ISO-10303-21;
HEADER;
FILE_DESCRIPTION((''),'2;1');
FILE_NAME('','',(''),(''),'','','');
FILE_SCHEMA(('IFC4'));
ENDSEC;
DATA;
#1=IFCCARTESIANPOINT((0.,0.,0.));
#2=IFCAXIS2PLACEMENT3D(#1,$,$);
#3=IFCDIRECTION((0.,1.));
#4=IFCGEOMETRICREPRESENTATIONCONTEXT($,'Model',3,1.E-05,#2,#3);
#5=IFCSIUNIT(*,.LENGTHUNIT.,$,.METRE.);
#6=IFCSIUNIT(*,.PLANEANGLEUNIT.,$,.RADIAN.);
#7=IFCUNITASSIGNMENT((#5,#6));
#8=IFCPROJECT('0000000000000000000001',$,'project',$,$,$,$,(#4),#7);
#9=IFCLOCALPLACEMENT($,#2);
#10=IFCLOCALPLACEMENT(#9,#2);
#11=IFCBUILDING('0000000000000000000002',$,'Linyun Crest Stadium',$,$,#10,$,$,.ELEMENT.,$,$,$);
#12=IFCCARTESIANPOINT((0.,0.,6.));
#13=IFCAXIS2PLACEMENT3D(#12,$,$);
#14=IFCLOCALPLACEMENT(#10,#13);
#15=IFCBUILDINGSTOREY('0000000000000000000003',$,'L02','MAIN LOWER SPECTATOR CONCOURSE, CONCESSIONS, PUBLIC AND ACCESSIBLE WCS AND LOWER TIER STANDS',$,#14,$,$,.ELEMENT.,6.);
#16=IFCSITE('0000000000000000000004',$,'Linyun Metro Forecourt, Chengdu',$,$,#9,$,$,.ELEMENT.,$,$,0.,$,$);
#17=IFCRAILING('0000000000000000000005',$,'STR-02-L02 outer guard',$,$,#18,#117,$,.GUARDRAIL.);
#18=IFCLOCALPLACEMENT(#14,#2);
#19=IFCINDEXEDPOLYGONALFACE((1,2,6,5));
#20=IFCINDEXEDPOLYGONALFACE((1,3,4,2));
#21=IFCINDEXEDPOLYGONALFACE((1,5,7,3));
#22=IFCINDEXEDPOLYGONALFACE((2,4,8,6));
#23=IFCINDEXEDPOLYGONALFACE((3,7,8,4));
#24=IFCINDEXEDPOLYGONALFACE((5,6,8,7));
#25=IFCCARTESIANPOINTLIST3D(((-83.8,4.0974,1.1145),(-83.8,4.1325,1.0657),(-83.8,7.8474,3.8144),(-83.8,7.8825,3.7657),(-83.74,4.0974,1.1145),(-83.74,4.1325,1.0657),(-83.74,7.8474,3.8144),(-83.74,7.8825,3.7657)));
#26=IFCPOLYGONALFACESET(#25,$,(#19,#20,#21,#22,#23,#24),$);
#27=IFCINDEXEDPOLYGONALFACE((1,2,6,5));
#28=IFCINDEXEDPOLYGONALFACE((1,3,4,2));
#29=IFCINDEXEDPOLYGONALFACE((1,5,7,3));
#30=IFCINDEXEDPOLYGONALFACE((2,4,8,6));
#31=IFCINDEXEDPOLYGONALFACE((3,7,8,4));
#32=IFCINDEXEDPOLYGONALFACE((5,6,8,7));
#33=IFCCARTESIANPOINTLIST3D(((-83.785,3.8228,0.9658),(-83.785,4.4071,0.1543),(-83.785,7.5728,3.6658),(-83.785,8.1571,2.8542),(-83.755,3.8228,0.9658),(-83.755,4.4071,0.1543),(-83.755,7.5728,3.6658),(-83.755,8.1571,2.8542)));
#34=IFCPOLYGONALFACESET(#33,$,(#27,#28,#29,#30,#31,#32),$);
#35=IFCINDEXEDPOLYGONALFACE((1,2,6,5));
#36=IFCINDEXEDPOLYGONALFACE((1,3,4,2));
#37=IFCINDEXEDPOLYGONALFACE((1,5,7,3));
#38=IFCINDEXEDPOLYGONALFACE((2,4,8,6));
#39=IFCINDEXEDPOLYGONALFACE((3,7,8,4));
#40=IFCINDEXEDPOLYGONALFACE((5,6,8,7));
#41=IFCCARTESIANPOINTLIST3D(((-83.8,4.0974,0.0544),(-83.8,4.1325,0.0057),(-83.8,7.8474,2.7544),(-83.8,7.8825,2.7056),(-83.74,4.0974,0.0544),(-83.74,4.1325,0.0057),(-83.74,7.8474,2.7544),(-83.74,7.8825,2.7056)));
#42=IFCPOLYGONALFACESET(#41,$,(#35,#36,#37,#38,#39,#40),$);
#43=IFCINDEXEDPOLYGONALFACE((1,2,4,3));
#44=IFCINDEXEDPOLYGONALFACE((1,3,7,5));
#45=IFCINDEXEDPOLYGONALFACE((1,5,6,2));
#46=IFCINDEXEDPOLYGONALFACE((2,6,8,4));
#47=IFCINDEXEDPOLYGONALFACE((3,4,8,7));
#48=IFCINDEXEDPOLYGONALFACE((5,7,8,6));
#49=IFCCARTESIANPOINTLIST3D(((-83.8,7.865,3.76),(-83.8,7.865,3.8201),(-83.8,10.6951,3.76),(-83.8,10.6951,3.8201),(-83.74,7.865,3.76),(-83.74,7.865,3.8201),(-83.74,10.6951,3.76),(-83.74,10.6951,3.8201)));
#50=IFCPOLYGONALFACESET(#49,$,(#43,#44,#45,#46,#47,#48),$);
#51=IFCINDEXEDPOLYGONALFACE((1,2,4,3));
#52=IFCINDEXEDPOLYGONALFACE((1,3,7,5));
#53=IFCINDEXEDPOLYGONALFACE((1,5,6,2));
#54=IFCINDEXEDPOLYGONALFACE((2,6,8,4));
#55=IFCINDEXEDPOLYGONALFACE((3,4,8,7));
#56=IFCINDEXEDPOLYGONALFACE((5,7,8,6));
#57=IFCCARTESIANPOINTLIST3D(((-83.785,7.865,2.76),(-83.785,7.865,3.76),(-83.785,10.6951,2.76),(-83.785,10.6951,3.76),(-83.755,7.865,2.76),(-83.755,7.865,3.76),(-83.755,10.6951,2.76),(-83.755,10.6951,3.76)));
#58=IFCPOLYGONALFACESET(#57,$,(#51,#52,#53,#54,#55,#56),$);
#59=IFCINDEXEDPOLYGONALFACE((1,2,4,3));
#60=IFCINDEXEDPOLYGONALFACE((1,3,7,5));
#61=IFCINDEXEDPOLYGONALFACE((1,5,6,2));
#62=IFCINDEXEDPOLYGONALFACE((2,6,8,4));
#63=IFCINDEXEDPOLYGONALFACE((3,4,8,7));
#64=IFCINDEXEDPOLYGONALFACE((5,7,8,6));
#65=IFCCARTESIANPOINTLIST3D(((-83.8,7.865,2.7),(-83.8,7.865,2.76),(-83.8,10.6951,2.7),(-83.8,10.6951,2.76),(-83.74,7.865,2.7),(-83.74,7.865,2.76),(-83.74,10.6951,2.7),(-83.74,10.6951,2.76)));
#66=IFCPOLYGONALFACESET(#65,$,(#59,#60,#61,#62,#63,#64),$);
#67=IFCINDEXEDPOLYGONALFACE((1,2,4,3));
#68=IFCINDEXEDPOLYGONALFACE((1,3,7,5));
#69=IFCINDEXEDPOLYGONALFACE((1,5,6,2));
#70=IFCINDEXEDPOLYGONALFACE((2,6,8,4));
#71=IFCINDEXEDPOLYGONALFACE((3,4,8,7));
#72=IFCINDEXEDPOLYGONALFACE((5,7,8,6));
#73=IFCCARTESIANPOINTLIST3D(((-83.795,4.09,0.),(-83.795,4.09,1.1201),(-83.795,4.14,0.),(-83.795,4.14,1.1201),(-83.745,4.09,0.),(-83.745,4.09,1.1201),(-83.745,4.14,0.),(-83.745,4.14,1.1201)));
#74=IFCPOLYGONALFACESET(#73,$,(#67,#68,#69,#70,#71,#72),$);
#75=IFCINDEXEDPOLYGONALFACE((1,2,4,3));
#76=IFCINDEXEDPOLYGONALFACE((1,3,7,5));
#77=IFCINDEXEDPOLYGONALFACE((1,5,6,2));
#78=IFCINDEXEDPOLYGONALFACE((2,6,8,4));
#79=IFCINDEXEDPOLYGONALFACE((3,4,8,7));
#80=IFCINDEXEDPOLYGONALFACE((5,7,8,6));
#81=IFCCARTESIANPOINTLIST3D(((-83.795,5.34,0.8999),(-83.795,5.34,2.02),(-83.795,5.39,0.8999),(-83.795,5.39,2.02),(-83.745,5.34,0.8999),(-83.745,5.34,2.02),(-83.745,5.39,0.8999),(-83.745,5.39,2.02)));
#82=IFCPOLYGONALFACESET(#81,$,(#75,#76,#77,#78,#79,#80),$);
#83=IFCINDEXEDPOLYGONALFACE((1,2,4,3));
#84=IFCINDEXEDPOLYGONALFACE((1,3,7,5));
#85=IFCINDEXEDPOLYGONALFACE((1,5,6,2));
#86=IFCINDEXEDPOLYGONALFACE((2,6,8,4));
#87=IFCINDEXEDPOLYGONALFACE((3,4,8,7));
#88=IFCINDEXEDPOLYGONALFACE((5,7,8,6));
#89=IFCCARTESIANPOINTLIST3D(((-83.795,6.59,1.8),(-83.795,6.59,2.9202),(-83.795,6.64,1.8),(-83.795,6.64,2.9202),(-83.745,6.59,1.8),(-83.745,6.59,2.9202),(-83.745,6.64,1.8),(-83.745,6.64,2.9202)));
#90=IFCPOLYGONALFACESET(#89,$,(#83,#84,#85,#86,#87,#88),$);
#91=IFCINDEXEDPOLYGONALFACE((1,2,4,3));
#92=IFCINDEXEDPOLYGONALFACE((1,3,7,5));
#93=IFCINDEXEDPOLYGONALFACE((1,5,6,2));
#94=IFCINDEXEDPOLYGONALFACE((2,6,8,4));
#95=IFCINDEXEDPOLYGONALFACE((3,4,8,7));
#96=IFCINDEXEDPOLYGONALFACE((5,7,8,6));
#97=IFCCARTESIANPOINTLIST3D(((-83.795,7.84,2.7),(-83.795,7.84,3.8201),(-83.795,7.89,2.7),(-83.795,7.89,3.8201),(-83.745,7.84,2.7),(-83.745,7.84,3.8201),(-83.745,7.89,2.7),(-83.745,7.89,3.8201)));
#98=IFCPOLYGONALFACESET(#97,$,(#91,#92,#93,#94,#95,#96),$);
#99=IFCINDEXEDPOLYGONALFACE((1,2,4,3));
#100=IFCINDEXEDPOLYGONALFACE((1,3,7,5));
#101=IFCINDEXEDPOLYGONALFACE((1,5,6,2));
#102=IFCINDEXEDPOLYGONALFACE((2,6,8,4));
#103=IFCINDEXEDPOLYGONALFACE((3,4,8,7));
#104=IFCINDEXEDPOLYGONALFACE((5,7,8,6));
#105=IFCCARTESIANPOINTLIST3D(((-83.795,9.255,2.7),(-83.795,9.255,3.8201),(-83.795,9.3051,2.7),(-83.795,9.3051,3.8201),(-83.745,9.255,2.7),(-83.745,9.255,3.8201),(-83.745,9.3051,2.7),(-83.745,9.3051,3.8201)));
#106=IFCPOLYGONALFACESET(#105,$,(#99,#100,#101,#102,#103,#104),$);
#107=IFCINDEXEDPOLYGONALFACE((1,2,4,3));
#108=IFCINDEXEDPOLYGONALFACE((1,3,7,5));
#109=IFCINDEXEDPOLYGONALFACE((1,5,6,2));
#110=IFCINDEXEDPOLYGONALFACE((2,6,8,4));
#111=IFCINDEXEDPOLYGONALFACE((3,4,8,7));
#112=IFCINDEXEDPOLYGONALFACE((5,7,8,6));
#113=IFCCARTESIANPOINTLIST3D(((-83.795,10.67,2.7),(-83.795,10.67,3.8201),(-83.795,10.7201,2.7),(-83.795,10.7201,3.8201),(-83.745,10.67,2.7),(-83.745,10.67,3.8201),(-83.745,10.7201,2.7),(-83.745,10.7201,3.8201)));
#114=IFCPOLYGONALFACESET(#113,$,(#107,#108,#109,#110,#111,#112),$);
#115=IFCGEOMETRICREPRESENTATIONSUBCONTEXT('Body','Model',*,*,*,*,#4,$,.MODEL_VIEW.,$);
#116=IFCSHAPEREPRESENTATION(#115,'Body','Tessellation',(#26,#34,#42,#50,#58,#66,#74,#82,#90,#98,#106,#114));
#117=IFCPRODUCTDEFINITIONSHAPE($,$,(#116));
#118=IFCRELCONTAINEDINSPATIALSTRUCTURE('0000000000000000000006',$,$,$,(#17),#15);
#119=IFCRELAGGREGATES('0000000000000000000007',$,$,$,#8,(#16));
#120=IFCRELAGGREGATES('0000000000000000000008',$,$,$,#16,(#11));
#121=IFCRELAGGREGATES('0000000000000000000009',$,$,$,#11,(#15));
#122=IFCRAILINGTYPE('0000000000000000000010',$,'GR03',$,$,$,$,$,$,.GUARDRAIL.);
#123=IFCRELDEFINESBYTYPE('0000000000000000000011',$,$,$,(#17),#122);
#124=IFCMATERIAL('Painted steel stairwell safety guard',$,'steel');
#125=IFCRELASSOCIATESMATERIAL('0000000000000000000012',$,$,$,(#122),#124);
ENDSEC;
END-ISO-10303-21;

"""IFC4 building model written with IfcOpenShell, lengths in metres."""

from ifc_helpers import new_model, si_unit, direction, frame, origin, origin_2d, place, context, subcontext, project, spatial, rectangle, extrude, material, type_object, element, save


model = new_model("IFC4")

# Units and contexts
model_context = context("Model", 3, precision=1e-05, world=origin(), true_north=direction((0.0, 1.0)))
body_context = subcontext(model_context, "Body", "Model", "MODEL_VIEW")
ifc_project = project(units=[si_unit("LENGTHUNIT", "METRE"), si_unit("PLANEANGLEUNIT", "RADIAN")], contexts=[model_context])

# Site, building, storey
site_placement = place(None, origin())
site = spatial("IfcSite", under=ifc_project, at=site_placement, Name="Linyun Metro Forecourt, Chengdu", CompositionType="ELEMENT", RefElevation=0.0)
building_placement = place(site_placement, origin())
building = spatial("IfcBuilding", under=site, at=building_placement, Name="Linyun Crest Stadium", CompositionType="ELEMENT")
storey_placement = place(building_placement, frame((0.0, 0.0, 6.0)))
storey = spatial("IfcBuildingStorey", under=building, at=storey_placement, Name="L02", Description="MAIN LOWER SPECTATOR CONCOURSE, CONCESSIONS, PUBLIC AND ACCESSIBLE WCS AND LOWER TIER STANDS", CompositionType="ELEMENT", Elevation=6.0)

# Railing
ifc_material_1 = material(Name="Painted steel stairwell safety guard", Category="steel")
railing_type_1 = type_object("IfcRailingType", Name="GR03", PredefinedType="GUARDRAIL", material=ifc_material_1)
railing_1_placement = place(storey_placement, frame((-83.77, 4.115, 0.0)))
element("IfcRailing", 1, at=railing_1_placement, inside=storey, type_object=railing_type_1, Name="STR-02-L02 outer guard", PredefinedType="GUARDRAIL", context=body_context, shape_type="SweptSolid", body=[
    extrude(rectangle(XDim=0.0601, YDim=0.0601, at=origin_2d()), frame((0.0, 0.0, 1.0901), z_axis=(0.0, 0.811539, 0.584298), x_axis=(-1.0, 0.0, 0.0)), (0.0, 0.0, 1.0), 4.6208),
    extrude(rectangle(XDim=0.03, YDim=1.0, at=origin_2d()), frame((0.0, 0.0, 0.5601), z_axis=(0.0, 0.811539, 0.584298), x_axis=(-1.0, 0.0, 0.0)), (0.0, 0.0, 1.0), 4.6208),
    extrude(rectangle(XDim=0.0601, YDim=0.0601, at=origin_2d()), frame((0.0, 0.0, 0.03), z_axis=(0.0, 0.811539, 0.584298), x_axis=(-1.0, 0.0, 0.0)), (0.0, 0.0, 1.0), 4.6208),
    extrude(rectangle(XDim=0.0601, YDim=0.0601, at=origin_2d()), frame((0.0, 3.75, 3.79), z_axis=(0.0, 1.0, 0.0), x_axis=(-1.0, 0.0, 0.0)), (0.0, 0.0, 1.0), 2.8301),
    extrude(rectangle(XDim=0.03, YDim=1.0, at=origin_2d()), frame((0.0, 3.75, 3.26), z_axis=(0.0, 1.0, 0.0), x_axis=(-1.0, 0.0, 0.0)), (0.0, 0.0, 1.0), 2.8301),
    extrude(rectangle(XDim=0.0601, YDim=0.0601, at=origin_2d()), frame((0.0, 3.75, 2.73), z_axis=(0.0, 1.0, 0.0), x_axis=(-1.0, 0.0, 0.0)), (0.0, 0.0, 1.0), 2.8301),
    extrude(rectangle(XDim=0.05, YDim=0.05, at=origin_2d()), origin(), (0.0, 0.0, 1.0), 1.1201),
    extrude(rectangle(XDim=0.05, YDim=0.05, at=origin_2d()), frame((0.0, 1.25, 0.8999)), (0.0, 0.0, 1.0), 1.1201),
    extrude(rectangle(XDim=0.05, YDim=0.05, at=origin_2d()), frame((0.0, 2.5, 1.8)), (0.0, 0.0, 1.0), 1.1201),
    extrude(rectangle(XDim=0.05, YDim=0.05, at=origin_2d()), frame((0.0, 3.75, 2.7)), (0.0, 0.0, 1.0), 1.1201),
    extrude(rectangle(XDim=0.05, YDim=0.05, at=origin_2d()), frame((0.0, 5.165, 2.7)), (0.0, 0.0, 1.0), 1.1201),
    extrude(rectangle(XDim=0.05, YDim=0.05, at=origin_2d()), frame((0.0, 6.5801, 2.7)), (0.0, 0.0, 1.0), 1.1201),
])

save(model, "model.ifc")
